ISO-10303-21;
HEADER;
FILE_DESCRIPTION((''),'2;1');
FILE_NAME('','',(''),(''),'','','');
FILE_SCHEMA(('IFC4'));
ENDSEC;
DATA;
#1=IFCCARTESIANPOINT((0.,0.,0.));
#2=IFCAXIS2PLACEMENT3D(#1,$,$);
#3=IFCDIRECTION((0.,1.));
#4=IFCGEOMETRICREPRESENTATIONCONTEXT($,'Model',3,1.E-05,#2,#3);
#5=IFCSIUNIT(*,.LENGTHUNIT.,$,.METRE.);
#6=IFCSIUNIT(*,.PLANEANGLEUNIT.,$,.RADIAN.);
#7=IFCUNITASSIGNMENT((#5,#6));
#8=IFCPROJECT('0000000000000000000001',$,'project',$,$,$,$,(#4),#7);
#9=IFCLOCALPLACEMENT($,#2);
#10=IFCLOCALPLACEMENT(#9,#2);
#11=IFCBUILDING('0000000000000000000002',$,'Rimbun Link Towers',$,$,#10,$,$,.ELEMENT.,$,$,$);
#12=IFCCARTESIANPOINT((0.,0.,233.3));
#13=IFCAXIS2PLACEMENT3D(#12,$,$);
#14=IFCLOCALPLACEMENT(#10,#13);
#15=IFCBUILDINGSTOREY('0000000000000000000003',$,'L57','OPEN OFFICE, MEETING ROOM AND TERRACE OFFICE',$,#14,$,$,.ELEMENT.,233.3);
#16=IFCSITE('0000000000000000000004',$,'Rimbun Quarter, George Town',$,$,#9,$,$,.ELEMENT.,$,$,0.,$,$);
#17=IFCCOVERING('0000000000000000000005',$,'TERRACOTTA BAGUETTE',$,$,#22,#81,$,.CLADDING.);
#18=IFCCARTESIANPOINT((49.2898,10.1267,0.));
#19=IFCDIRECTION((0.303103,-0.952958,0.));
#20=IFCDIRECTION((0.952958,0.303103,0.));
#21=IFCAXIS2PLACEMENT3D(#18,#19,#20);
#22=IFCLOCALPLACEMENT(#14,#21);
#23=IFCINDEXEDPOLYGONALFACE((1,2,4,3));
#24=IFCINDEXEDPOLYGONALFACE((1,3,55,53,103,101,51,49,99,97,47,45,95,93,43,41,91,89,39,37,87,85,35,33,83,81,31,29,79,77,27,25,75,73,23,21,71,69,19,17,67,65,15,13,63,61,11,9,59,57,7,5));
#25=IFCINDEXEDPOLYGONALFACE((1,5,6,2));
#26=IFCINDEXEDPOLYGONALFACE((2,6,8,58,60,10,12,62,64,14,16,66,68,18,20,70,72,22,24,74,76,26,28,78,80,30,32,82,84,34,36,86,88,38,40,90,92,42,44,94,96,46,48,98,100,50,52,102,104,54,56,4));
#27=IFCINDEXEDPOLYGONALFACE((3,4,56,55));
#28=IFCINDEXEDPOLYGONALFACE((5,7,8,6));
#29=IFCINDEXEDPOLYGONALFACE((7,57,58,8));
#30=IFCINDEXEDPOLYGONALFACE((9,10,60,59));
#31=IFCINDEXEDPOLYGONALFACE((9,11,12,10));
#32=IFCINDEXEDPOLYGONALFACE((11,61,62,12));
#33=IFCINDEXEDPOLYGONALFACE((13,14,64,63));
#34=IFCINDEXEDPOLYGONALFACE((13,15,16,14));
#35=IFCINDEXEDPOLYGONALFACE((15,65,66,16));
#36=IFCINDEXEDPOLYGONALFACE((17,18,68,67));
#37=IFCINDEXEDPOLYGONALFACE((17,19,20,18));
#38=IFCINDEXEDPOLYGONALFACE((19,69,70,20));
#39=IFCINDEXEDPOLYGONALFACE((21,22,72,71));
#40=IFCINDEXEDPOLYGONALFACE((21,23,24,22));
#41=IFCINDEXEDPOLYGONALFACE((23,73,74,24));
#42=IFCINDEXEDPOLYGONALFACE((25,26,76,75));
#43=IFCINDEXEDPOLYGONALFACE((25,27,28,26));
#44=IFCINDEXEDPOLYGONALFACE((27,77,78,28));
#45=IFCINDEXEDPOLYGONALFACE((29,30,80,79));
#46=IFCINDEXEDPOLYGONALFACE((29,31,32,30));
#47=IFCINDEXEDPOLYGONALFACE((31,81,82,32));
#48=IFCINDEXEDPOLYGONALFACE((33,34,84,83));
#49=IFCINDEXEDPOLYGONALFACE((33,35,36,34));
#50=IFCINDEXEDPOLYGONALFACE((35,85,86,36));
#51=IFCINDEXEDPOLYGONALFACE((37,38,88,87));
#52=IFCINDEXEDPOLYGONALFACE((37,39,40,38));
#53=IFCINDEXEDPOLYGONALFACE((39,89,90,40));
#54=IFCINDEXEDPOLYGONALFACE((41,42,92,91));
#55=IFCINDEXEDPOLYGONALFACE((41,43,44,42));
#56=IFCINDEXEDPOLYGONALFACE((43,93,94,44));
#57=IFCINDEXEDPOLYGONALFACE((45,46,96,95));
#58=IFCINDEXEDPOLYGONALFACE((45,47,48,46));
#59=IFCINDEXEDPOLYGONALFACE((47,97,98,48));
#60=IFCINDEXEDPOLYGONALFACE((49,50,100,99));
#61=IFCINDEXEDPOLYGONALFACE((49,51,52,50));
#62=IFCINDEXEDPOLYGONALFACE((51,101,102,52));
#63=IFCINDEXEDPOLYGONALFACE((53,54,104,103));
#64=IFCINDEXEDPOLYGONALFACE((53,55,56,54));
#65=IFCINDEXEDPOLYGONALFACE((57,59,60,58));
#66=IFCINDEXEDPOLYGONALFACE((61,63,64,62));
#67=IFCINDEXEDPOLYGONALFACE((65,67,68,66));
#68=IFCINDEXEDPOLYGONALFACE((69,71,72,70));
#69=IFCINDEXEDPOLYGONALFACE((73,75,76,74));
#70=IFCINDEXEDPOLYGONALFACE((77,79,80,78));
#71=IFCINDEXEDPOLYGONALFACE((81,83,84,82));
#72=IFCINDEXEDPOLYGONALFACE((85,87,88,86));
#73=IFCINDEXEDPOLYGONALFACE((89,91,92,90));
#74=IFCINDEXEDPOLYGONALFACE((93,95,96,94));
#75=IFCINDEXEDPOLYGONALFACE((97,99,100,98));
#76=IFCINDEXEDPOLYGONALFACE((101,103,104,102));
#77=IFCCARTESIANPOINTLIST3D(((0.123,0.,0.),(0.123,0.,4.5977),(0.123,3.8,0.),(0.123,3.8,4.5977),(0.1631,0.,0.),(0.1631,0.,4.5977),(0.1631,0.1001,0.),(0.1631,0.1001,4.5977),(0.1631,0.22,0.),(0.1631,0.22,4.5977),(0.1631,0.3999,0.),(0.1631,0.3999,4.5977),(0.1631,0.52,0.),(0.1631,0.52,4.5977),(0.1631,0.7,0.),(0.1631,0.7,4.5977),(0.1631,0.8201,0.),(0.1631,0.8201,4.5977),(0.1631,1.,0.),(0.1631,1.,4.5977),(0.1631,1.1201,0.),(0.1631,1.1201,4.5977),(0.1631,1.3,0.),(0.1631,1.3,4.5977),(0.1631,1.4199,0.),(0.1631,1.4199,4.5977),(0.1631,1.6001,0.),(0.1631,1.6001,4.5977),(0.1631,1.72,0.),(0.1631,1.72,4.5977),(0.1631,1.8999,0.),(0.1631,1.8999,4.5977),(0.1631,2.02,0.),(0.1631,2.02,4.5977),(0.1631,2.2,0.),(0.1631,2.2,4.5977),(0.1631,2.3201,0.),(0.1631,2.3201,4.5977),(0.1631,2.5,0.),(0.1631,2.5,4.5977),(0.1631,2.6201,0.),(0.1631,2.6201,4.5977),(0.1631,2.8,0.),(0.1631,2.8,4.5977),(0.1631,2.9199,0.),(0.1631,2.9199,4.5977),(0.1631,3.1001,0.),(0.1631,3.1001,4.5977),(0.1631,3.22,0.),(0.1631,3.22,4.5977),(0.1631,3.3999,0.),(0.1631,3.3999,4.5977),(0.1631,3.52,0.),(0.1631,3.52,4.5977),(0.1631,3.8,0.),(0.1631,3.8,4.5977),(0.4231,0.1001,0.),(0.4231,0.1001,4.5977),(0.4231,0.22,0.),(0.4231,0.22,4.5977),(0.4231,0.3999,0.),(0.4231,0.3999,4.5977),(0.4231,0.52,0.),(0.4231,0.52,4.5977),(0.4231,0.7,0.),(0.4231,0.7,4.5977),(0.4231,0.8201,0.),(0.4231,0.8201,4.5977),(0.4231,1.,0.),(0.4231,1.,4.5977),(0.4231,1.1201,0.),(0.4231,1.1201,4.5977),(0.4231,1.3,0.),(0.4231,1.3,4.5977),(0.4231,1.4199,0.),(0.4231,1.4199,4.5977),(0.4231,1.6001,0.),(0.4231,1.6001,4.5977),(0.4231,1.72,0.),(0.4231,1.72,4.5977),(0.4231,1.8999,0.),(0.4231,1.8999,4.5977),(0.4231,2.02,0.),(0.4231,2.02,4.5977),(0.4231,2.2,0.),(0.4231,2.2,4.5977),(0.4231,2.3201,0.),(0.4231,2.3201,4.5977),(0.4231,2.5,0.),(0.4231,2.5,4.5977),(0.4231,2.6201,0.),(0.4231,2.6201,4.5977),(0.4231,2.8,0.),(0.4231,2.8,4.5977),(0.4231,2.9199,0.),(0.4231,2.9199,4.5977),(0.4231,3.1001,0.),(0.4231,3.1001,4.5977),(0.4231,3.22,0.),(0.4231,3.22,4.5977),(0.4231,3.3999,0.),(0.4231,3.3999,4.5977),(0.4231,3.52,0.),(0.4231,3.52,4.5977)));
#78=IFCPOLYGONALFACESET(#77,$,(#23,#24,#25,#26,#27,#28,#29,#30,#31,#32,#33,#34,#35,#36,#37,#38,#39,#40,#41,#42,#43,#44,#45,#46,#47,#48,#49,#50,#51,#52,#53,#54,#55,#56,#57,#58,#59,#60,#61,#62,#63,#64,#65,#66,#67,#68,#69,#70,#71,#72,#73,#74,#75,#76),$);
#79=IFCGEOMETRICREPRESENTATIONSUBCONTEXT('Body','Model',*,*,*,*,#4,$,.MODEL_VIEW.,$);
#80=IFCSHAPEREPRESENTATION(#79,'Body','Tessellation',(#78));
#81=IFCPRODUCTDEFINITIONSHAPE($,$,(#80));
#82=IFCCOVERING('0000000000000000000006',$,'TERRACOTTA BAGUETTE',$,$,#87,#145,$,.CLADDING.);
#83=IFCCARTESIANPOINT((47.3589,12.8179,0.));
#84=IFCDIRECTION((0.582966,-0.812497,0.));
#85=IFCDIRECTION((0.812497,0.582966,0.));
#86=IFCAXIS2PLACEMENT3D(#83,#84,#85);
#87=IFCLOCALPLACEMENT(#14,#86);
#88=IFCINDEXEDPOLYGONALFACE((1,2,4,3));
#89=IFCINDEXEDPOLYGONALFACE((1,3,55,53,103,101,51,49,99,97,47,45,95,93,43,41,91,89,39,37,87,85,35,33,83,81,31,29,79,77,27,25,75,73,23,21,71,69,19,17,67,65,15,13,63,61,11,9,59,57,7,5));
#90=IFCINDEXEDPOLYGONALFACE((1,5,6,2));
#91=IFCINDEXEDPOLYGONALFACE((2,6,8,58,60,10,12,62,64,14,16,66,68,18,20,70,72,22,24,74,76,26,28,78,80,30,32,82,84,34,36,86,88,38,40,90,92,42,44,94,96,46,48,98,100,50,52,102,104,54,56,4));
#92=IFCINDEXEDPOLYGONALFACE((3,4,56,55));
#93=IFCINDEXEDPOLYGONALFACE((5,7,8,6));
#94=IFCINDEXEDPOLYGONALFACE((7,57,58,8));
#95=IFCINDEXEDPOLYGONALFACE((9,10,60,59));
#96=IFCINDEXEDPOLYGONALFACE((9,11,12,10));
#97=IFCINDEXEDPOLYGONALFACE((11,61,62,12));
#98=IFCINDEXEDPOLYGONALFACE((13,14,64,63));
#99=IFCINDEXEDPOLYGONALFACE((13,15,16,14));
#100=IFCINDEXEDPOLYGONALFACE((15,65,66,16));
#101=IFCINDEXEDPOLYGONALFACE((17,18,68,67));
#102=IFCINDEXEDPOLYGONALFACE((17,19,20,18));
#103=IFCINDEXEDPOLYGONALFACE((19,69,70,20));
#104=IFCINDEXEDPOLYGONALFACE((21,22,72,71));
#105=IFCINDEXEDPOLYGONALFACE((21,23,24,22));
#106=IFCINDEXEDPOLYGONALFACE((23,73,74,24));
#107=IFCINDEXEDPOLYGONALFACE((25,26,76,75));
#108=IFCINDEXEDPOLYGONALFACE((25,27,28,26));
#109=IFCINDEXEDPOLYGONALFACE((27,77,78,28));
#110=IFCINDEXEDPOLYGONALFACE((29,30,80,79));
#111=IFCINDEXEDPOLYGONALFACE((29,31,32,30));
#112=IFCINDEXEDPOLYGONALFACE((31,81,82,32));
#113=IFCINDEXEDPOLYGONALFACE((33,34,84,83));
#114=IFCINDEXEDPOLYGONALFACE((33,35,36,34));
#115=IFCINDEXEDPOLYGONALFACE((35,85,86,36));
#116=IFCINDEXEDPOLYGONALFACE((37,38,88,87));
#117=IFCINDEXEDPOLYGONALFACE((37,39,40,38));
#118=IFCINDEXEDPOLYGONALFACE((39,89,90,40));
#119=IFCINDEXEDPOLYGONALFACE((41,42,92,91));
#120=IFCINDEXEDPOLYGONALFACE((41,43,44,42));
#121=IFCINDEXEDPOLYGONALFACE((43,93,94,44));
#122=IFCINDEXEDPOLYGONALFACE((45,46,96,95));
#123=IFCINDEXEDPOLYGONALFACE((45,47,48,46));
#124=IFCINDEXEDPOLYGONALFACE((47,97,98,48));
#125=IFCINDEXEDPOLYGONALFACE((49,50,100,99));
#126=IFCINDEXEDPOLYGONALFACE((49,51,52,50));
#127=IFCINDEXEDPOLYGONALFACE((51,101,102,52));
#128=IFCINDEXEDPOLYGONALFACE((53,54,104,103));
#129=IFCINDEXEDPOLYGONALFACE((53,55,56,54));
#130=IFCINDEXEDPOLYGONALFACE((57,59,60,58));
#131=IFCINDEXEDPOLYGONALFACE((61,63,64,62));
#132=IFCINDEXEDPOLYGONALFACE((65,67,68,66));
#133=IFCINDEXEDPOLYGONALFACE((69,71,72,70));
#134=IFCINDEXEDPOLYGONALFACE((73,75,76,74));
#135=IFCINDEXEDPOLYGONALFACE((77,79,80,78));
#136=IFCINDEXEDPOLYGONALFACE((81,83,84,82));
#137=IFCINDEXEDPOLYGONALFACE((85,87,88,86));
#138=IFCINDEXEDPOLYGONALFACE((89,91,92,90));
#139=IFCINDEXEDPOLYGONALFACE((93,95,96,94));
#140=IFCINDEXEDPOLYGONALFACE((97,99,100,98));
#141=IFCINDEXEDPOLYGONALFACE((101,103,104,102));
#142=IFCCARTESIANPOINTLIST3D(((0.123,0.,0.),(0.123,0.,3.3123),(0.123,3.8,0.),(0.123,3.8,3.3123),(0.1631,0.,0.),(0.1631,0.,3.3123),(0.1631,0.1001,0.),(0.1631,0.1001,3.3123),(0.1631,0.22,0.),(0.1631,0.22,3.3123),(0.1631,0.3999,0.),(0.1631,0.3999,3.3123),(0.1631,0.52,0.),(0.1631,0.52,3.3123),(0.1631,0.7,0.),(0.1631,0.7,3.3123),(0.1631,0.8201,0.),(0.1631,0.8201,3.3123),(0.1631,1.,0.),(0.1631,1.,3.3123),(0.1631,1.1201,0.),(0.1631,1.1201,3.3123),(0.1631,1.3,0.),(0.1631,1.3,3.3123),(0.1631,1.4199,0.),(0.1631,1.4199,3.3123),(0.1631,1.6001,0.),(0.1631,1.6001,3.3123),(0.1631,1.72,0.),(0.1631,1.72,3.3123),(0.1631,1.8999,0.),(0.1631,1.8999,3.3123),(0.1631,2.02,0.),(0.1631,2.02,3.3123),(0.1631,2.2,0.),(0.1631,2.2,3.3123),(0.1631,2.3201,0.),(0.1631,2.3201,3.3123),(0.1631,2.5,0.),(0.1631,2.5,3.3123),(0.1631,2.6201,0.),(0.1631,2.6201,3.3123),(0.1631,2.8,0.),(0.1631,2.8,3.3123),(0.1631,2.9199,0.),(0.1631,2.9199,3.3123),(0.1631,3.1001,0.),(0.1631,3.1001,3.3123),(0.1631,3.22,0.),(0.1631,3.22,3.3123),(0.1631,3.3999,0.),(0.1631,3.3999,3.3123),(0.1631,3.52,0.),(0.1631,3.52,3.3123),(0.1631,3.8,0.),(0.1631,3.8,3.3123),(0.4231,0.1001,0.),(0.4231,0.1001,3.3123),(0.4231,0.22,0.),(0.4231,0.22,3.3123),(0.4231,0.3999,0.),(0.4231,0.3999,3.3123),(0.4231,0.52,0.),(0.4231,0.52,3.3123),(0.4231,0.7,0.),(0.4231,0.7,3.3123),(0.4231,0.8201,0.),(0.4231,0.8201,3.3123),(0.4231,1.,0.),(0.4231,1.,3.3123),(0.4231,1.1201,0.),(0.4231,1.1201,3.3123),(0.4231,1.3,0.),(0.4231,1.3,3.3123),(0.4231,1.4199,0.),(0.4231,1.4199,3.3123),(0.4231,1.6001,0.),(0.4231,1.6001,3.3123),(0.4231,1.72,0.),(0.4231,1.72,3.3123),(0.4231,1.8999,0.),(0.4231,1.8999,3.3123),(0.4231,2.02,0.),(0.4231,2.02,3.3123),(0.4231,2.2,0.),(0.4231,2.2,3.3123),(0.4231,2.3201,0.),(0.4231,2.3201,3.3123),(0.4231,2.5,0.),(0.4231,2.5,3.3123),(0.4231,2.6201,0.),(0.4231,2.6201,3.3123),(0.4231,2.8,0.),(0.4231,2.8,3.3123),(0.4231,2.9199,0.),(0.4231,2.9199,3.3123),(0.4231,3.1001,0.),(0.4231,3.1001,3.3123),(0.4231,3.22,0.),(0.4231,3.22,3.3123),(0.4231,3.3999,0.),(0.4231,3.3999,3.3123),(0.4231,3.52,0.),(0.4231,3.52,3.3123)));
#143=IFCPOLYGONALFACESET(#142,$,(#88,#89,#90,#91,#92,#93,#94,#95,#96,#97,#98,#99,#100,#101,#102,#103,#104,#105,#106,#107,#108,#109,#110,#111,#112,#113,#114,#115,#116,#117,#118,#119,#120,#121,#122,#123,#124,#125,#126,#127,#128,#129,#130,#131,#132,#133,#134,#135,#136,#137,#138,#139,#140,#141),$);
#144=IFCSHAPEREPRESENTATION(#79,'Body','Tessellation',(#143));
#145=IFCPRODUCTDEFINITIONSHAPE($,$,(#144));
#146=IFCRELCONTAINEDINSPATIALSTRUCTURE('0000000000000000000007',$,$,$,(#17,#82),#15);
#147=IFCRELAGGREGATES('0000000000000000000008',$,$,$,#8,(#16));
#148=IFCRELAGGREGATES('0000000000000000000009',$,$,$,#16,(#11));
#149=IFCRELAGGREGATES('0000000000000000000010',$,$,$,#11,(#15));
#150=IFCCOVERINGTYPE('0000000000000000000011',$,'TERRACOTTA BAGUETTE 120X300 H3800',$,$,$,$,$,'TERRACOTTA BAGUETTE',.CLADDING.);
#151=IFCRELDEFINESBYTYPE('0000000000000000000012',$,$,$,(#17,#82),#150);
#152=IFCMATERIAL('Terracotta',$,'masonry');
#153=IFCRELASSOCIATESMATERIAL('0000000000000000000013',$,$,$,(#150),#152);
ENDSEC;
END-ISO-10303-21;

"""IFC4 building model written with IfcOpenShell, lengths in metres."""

from ifc_helpers import new_model, si_unit, direction, frame, origin, place, context, subcontext, project, spatial, polyline, outline, extrude, material, material_profile, profile_set, type_object, element, save


model = new_model("IFC4")

# Units and contexts
model_context = context("Model", 3, precision=1e-05, world=origin(), true_north=direction((0.0, 1.0)))
body_context = subcontext(model_context, "Body", "Model", "MODEL_VIEW")
ifc_project = project(units=[si_unit("LENGTHUNIT", "METRE"), si_unit("PLANEANGLEUNIT", "RADIAN")], contexts=[model_context])

# Site, building, storey
site_placement = place(None, origin())
site = spatial("IfcSite", under=ifc_project, at=site_placement, Name="Rimbun Quarter, George Town", CompositionType="ELEMENT", RefElevation=0.0)
building_placement = place(site_placement, origin())
building = spatial("IfcBuilding", under=site, at=building_placement, Name="Rimbun Link Towers", CompositionType="ELEMENT")
storey_placement = place(building_placement, frame((0.0, 0.0, 233.3)))
storey = spatial("IfcBuildingStorey", under=building, at=storey_placement, Name="L57", Description="OPEN OFFICE, MEETING ROOM AND TERRACE OFFICE", CompositionType="ELEMENT", Elevation=233.3)

# Coverings
ifc_material_1 = material(Name="Terracotta", Category="masonry")
ifc_material_profile_1 = material_profile(ifc_material_1, outline(polyline([(0.123, 0.0), (0.1631, 0.0), (0.1631, 0.1001), (0.4231, 0.1001), (0.4231, 0.22), (0.1631, 0.22), (0.1631, 0.3999), (0.4231, 0.3999), (0.4231, 0.52), (0.1631, 0.52), (0.1631, 0.7), (0.4231, 0.7), (0.4231, 0.8201), (0.1631, 0.8201), (0.1631, 1.0), (0.4231, 1.0), (0.4231, 1.1201), (0.1631, 1.1201), (0.1631, 1.3), (0.4231, 1.3), (0.4231, 1.4199), (0.1631, 1.4199), (0.1631, 1.6001), (0.4231, 1.6001), (0.4231, 1.72), (0.1631, 1.72), (0.1631, 1.8999), (0.4231, 1.8999), (0.4231, 2.02), (0.1631, 2.02), (0.1631, 2.2), (0.4231, 2.2), (0.4231, 2.3201), (0.1631, 2.3201), (0.1631, 2.5), (0.4231, 2.5), (0.4231, 2.6201), (0.1631, 2.6201), (0.1631, 2.8), (0.4231, 2.8), (0.4231, 2.9199), (0.1631, 2.9199), (0.1631, 3.1001), (0.4231, 3.1001), (0.4231, 3.22), (0.1631, 3.22), (0.1631, 3.3999), (0.4231, 3.3999), (0.4231, 3.52), (0.1631, 3.52), (0.1631, 3.8), (0.123, 3.8), (0.123, 0.0)])), Name="BAGUETTE 120X300")
ifc_profile_set_1 = profile_set([ifc_material_profile_1], Name="Terracotta")
covering_type = type_object("IfcCoveringType", Name="TERRACOTTA BAGUETTE 120X300 H3800", ElementType="TERRACOTTA BAGUETTE", PredefinedType="CLADDING", material=ifc_profile_set_1)
covering_1_placement = place(storey_placement, frame((49.2898, 10.1267, 0.0), z_axis=(0.303103, -0.952958, 0.0), x_axis=(0.952958, 0.303103, 0.0)))
element("IfcCovering", 1, at=covering_1_placement, inside=storey, type_object=covering_type, Name="TERRACOTTA BAGUETTE", PredefinedType="CLADDING", context=body_context, shape_type="SweptSolid", body=[
    extrude(outline(polyline([(0.123, 0.0), (0.1631, 0.0), (0.1631, 0.1001), (0.4231, 0.1001), (0.4231, 0.22), (0.1631, 0.22), (0.1631, 0.3999), (0.4231, 0.3999), (0.4231, 0.52), (0.1631, 0.52), (0.1631, 0.7), (0.4231, 0.7), (0.4231, 0.8201), (0.1631, 0.8201), (0.1631, 1.0), (0.4231, 1.0), (0.4231, 1.1201), (0.1631, 1.1201), (0.1631, 1.3), (0.4231, 1.3), (0.4231, 1.4199), (0.1631, 1.4199), (0.1631, 1.6001), (0.4231, 1.6001), (0.4231, 1.72), (0.1631, 1.72), (0.1631, 1.8999), (0.4231, 1.8999), (0.4231, 2.02), (0.1631, 2.02), (0.1631, 2.2), (0.4231, 2.2), (0.4231, 2.3201), (0.1631, 2.3201), (0.1631, 2.5), (0.4231, 2.5), (0.4231, 2.6201), (0.1631, 2.6201), (0.1631, 2.8), (0.4231, 2.8), (0.4231, 2.9199), (0.1631, 2.9199), (0.1631, 3.1001), (0.4231, 3.1001), (0.4231, 3.22), (0.1631, 3.22), (0.1631, 3.3999), (0.4231, 3.3999), (0.4231, 3.52), (0.1631, 3.52), (0.1631, 3.8), (0.123, 3.8), (0.123, 0.0)])), origin(), (0.0, 0.0, 1.0), 4.5977),
])
covering_2_placement = place(storey_placement, frame((47.3589, 12.8179, 0.0), z_axis=(0.582966, -0.812497, 0.0), x_axis=(0.812497, 0.582966, 0.0)))
element("IfcCovering", 2, at=covering_2_placement, inside=storey, type_object=covering_type, Name="TERRACOTTA BAGUETTE", PredefinedType="CLADDING", context=body_context, shape_type="SweptSolid", body=[
    extrude(outline(polyline([(0.123, 0.0), (0.1631, 0.0), (0.1631, 0.1001), (0.4231, 0.1001), (0.4231, 0.22), (0.1631, 0.22), (0.1631, 0.3999), (0.4231, 0.3999), (0.4231, 0.52), (0.1631, 0.52), (0.1631, 0.7), (0.4231, 0.7), (0.4231, 0.8201), (0.1631, 0.8201), (0.1631, 1.0), (0.4231, 1.0), (0.4231, 1.1201), (0.1631, 1.1201), (0.1631, 1.3), (0.4231, 1.3), (0.4231, 1.4199), (0.1631, 1.4199), (0.1631, 1.6001), (0.4231, 1.6001), (0.4231, 1.72), (0.1631, 1.72), (0.1631, 1.8999), (0.4231, 1.8999), (0.4231, 2.02), (0.1631, 2.02), (0.1631, 2.2), (0.4231, 2.2), (0.4231, 2.3201), (0.1631, 2.3201), (0.1631, 2.5), (0.4231, 2.5), (0.4231, 2.6201), (0.1631, 2.6201), (0.1631, 2.8), (0.4231, 2.8), (0.4231, 2.9199), (0.1631, 2.9199), (0.1631, 3.1001), (0.4231, 3.1001), (0.4231, 3.22), (0.1631, 3.22), (0.1631, 3.3999), (0.4231, 3.3999), (0.4231, 3.52), (0.1631, 3.52), (0.1631, 3.8), (0.123, 3.8), (0.123, 0.0)])), origin(), (0.0, 0.0, 1.0), 3.3123),
])

save(model, "model.ifc")
